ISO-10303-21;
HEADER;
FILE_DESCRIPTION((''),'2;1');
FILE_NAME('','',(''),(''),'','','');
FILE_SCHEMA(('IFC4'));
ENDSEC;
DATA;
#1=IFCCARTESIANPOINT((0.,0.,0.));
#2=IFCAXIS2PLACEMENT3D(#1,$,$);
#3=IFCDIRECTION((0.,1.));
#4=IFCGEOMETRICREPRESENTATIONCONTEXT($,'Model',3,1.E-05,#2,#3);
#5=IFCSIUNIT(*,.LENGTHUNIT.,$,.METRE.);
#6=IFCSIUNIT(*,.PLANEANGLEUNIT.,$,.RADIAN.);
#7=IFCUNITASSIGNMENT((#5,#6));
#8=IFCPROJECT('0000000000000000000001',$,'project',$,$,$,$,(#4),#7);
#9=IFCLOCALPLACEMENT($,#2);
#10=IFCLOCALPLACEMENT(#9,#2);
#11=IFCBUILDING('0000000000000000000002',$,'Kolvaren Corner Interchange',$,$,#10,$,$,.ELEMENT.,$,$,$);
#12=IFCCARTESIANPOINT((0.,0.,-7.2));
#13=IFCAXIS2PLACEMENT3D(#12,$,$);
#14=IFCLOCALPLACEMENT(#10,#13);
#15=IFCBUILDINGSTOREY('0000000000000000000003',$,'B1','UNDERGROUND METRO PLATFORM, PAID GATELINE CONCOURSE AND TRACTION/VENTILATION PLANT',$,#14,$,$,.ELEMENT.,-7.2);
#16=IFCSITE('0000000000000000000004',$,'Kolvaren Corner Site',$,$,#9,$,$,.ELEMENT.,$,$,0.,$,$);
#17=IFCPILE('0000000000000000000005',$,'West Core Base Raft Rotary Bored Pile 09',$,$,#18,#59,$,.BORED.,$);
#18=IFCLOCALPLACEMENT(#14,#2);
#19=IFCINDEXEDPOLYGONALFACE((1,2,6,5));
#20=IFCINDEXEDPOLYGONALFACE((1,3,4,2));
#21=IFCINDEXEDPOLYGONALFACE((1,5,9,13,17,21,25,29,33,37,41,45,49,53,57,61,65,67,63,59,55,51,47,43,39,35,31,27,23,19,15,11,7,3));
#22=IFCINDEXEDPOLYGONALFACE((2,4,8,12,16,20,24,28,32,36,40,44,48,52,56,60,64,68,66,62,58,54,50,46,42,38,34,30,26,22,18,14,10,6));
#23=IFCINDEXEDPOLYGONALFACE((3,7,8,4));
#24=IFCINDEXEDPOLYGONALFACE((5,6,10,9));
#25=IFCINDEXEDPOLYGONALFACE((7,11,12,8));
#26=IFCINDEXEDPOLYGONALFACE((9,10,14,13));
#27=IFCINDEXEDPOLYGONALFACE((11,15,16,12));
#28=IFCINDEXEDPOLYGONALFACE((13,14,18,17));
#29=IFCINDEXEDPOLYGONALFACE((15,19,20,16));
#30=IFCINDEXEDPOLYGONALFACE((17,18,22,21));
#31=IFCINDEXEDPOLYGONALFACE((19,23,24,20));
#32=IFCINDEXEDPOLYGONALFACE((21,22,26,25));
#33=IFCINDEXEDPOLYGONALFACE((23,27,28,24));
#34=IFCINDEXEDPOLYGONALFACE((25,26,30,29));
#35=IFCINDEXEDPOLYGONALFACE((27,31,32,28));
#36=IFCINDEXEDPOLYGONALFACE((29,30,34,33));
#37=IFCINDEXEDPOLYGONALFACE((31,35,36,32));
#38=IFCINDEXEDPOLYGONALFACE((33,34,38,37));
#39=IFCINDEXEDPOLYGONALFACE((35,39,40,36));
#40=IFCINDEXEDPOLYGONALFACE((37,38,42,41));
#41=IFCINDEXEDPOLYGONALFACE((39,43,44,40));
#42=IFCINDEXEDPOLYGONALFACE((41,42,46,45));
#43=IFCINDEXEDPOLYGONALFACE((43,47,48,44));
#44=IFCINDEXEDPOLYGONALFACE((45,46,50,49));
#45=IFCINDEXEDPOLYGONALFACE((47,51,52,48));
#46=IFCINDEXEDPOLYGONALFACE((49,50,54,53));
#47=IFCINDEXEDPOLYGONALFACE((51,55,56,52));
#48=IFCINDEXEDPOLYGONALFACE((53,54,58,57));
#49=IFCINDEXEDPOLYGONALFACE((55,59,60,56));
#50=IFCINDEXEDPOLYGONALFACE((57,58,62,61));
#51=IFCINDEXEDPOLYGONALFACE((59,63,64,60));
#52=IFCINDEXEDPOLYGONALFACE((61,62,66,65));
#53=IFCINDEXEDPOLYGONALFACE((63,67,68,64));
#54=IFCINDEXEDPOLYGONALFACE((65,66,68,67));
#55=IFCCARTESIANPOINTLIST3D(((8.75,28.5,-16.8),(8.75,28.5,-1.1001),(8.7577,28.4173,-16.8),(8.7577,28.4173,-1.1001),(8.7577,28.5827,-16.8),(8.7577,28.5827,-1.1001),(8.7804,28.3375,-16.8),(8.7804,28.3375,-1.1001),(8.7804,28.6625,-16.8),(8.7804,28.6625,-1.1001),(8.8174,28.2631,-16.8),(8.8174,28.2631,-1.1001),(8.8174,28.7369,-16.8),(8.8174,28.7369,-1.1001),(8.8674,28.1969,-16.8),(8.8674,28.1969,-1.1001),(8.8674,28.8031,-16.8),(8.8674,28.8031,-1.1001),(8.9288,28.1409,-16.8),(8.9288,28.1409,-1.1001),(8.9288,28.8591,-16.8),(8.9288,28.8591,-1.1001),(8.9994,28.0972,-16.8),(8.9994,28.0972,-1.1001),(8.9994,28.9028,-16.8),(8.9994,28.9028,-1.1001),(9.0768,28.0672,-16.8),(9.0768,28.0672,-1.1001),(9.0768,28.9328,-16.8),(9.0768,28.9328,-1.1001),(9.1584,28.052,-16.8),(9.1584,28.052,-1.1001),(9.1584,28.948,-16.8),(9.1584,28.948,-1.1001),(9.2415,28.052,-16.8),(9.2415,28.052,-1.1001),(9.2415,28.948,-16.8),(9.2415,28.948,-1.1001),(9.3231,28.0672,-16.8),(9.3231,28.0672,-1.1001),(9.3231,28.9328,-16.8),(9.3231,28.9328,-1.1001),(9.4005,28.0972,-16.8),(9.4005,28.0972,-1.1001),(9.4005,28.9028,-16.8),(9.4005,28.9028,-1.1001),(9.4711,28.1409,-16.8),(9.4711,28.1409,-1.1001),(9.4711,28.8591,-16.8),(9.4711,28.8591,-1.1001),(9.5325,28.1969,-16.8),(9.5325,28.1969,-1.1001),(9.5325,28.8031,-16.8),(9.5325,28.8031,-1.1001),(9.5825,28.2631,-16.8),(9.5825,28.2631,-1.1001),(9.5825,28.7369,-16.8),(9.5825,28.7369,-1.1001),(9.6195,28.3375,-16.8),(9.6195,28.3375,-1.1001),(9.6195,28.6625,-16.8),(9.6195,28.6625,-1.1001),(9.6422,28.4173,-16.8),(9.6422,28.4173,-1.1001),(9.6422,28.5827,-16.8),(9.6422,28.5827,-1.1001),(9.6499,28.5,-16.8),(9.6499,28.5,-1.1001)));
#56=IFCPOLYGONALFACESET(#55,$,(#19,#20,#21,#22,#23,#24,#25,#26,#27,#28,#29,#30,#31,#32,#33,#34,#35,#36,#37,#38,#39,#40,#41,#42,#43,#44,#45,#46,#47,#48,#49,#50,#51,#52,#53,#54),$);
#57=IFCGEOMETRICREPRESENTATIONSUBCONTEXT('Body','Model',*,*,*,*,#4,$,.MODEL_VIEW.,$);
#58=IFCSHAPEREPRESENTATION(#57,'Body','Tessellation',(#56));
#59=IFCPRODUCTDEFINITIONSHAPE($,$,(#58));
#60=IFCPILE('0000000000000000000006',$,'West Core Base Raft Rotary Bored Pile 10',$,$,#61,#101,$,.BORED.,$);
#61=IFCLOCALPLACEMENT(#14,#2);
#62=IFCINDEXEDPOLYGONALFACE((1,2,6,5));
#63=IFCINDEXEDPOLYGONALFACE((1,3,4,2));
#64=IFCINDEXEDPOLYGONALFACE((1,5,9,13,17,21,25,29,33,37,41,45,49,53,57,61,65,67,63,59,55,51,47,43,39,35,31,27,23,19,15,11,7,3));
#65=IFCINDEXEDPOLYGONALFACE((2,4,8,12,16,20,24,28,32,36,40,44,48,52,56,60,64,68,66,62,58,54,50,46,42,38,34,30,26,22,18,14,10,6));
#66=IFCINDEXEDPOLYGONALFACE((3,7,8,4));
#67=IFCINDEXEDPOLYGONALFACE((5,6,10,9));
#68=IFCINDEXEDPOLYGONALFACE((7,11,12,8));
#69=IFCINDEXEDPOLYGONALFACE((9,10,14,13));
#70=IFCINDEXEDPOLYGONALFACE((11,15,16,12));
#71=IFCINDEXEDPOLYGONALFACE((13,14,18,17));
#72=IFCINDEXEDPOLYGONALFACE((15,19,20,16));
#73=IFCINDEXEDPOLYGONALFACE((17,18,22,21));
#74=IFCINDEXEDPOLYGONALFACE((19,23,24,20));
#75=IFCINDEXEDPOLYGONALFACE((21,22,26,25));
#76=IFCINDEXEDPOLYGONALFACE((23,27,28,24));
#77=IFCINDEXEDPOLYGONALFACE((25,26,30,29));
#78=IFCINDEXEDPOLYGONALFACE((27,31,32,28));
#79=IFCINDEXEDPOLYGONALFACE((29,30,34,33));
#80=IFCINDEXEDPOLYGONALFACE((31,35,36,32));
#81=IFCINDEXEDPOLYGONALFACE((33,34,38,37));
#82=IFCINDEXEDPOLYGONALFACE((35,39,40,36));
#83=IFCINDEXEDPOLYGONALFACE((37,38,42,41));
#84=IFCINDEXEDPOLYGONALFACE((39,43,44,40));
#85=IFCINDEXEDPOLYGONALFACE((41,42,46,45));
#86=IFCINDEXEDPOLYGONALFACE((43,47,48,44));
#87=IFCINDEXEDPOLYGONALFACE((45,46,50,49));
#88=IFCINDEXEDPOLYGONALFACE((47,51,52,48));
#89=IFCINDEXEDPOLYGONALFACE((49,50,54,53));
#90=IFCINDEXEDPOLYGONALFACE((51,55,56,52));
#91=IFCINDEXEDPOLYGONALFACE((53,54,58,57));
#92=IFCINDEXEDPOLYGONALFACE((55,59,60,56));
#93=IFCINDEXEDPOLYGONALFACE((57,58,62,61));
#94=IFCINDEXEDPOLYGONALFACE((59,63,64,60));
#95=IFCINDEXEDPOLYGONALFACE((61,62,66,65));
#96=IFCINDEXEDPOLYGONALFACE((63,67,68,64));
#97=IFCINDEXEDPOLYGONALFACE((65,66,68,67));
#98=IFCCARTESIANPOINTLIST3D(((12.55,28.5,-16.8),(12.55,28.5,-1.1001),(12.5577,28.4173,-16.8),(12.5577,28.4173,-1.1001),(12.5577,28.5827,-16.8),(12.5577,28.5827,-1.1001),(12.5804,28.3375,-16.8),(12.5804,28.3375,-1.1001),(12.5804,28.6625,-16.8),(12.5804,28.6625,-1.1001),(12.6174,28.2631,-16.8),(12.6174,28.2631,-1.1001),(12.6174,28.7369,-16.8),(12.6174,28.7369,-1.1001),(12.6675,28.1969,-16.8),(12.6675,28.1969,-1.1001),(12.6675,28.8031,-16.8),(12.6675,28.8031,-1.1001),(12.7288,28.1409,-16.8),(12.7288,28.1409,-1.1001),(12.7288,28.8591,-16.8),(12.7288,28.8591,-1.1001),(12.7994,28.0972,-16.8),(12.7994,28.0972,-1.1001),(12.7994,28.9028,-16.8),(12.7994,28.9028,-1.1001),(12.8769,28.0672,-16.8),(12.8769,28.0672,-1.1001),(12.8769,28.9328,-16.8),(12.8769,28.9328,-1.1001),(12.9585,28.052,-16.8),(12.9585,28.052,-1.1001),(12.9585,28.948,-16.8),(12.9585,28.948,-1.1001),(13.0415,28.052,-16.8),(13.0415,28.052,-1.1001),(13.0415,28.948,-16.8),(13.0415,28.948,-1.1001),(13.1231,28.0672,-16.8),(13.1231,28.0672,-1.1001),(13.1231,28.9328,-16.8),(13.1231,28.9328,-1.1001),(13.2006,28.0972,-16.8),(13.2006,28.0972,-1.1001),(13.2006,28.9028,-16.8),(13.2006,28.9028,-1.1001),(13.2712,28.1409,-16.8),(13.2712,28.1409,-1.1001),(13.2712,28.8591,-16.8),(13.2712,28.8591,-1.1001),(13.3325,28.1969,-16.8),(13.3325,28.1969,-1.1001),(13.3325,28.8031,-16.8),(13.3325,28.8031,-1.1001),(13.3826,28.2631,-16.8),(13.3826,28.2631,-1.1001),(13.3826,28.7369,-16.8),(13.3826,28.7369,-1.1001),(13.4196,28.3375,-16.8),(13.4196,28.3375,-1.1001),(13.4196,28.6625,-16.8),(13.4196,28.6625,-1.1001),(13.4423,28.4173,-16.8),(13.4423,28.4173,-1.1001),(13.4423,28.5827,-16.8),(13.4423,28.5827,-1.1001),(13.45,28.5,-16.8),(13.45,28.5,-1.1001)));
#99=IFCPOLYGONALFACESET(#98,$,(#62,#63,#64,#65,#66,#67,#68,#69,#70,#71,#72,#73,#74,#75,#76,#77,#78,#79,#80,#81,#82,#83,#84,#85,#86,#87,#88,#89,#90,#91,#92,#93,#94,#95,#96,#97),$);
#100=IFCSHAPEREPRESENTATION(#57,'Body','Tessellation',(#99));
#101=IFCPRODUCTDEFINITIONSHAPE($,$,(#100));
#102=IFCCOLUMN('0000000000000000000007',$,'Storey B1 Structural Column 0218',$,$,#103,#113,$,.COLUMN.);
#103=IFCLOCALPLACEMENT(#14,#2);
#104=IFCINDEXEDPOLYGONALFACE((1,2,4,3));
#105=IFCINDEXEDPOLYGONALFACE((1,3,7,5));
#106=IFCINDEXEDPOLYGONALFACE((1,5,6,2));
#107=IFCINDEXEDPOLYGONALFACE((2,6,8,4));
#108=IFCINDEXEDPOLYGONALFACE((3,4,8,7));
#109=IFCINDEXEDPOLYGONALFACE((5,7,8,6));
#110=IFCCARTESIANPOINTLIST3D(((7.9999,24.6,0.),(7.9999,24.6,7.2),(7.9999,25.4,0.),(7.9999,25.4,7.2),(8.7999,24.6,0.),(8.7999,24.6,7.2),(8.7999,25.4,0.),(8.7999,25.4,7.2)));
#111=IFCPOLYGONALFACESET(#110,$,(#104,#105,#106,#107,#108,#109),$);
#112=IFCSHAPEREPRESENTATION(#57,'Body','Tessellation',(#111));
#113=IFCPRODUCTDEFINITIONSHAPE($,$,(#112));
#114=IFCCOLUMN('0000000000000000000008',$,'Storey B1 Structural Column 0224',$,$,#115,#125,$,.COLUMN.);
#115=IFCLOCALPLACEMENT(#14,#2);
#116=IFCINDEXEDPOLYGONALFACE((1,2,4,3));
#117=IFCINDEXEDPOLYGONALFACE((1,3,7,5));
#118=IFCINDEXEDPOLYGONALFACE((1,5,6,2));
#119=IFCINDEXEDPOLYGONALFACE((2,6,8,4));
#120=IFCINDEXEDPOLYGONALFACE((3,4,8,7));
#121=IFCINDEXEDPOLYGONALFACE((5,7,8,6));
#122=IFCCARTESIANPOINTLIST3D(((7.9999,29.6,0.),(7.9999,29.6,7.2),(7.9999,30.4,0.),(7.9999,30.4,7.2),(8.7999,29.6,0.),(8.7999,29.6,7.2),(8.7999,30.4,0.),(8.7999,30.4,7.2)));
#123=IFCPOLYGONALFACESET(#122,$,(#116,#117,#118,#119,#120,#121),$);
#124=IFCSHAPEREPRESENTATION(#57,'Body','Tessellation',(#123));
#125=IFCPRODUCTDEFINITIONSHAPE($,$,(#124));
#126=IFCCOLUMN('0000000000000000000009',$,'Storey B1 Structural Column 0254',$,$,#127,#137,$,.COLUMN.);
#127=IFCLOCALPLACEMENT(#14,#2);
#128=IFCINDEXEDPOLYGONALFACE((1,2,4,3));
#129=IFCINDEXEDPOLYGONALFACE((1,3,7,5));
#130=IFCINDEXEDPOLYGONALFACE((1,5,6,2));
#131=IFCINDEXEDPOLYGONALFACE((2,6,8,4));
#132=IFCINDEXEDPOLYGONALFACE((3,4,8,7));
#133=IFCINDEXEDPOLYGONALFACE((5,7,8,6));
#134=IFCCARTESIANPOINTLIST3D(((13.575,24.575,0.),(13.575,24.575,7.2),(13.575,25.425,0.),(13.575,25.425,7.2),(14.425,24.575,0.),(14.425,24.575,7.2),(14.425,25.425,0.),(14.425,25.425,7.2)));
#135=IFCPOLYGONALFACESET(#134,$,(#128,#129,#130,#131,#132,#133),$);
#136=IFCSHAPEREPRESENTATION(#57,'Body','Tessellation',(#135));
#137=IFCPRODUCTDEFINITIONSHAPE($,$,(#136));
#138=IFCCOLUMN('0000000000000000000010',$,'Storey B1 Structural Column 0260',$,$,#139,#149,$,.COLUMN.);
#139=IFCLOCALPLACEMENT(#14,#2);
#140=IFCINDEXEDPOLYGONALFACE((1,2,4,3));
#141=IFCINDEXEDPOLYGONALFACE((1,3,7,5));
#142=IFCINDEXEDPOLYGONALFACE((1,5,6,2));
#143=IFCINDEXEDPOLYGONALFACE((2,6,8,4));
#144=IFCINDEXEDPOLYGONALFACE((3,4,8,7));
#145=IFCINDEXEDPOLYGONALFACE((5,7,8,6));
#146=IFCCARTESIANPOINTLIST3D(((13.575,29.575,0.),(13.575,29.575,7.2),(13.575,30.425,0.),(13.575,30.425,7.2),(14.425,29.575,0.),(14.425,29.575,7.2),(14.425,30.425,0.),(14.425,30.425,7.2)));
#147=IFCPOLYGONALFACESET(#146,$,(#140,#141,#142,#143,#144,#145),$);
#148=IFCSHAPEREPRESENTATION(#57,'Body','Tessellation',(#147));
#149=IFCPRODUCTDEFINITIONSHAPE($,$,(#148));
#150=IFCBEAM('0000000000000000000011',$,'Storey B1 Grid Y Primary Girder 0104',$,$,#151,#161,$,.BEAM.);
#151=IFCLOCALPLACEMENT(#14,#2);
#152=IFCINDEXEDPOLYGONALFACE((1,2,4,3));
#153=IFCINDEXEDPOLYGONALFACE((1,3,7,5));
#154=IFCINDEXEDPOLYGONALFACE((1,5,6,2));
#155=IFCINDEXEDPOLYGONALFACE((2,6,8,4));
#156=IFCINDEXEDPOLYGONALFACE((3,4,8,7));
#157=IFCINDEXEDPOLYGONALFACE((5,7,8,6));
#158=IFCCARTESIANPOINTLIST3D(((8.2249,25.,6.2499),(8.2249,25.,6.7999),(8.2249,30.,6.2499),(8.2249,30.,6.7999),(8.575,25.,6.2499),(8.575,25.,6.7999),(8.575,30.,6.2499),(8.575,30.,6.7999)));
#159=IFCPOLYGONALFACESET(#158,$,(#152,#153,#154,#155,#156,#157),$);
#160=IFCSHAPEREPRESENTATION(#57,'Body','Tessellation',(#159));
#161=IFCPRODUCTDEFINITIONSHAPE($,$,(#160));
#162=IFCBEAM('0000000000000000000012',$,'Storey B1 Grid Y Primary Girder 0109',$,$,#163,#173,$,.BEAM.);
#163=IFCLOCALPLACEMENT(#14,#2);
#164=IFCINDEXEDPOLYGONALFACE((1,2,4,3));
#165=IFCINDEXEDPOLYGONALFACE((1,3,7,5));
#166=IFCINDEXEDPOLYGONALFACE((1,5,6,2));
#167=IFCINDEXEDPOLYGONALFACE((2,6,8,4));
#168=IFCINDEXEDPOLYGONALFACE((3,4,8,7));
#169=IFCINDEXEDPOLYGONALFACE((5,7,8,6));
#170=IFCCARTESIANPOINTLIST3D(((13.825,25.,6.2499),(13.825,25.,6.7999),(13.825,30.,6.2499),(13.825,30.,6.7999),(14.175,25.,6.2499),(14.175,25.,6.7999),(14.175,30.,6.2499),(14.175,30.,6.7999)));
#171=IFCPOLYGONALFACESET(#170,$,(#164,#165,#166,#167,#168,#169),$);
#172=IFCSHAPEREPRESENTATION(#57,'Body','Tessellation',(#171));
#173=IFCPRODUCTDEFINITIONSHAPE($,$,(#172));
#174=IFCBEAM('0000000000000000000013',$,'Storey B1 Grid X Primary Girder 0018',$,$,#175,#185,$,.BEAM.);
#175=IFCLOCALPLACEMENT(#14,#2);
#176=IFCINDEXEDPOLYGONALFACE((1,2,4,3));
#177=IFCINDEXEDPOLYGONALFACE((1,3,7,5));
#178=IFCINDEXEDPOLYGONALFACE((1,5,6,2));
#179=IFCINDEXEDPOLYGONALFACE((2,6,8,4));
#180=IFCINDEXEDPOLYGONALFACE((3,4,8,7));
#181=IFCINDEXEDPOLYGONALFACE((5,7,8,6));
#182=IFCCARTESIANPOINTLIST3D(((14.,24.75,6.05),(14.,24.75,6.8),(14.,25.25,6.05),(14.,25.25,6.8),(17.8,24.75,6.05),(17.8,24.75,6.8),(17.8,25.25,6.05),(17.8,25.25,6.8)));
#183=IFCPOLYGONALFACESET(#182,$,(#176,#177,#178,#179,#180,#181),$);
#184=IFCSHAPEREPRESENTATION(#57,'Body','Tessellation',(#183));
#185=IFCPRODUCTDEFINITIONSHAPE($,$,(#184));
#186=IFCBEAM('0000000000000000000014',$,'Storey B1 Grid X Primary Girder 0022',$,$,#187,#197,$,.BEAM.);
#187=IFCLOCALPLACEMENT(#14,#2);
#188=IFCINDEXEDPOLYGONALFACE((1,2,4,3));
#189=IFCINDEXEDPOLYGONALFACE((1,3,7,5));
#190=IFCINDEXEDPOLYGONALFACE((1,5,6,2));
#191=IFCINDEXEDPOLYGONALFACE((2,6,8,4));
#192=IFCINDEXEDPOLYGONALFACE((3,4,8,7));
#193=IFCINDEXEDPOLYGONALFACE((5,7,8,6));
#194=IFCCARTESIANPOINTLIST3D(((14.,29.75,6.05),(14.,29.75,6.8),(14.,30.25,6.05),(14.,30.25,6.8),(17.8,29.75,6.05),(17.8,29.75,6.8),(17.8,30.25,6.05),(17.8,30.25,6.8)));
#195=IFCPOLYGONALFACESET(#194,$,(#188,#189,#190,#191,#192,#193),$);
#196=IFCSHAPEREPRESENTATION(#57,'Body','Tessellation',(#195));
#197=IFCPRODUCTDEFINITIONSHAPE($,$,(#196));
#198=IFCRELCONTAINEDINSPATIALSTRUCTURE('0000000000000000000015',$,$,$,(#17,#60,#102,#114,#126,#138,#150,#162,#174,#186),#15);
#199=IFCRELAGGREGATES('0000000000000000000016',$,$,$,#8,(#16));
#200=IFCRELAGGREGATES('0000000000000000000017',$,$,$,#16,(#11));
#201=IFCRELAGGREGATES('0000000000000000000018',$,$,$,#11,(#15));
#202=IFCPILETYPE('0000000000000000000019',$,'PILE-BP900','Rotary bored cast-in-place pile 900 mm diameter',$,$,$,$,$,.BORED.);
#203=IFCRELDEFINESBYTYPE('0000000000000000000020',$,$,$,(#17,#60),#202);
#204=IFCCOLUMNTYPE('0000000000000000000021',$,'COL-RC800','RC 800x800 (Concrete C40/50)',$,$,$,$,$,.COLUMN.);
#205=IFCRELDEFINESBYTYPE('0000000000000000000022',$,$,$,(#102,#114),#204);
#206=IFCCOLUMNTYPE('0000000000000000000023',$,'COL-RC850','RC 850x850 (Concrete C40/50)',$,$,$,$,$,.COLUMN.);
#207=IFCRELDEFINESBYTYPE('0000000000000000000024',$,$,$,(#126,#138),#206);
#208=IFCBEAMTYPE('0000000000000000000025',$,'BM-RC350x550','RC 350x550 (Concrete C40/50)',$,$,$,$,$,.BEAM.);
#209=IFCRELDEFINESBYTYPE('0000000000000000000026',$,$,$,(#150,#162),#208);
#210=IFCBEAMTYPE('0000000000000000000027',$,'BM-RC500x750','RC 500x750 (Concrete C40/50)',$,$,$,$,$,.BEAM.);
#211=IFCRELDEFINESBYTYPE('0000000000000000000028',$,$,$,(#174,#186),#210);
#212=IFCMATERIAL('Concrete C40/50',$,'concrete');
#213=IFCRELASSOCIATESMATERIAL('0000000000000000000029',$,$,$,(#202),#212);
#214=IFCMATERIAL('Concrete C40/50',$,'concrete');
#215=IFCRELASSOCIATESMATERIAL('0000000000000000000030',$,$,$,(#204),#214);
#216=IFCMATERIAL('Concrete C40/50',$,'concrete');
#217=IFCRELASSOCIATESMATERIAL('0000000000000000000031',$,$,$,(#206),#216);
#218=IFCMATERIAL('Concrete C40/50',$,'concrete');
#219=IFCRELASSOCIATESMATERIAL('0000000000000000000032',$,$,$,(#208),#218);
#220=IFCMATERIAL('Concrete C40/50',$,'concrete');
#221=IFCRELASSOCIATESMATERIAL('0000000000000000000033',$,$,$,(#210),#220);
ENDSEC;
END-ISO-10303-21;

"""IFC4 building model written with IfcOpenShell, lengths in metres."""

from ifc_helpers import new_model, si_unit, direction, frame, origin, origin_2d, place, context, subcontext, project, spatial, rectangle, circle, extrude, material, material_profile, profile_set, type_object, element, save


model = new_model("IFC4")

# Units and contexts
model_context = context("Model", 3, precision=1e-05, world=origin(), true_north=direction((0.0, 1.0)))
body_context = subcontext(model_context, "Body", "Model", "MODEL_VIEW")
ifc_project = project(units=[si_unit("LENGTHUNIT", "METRE"), si_unit("PLANEANGLEUNIT", "RADIAN")], contexts=[model_context])

# Site, building, storey
site_placement = place(None, origin())
site = spatial("IfcSite", under=ifc_project, at=site_placement, Name="Kolvaren Corner Site", CompositionType="ELEMENT", RefElevation=0.0)
building_placement = place(site_placement, origin())
building = spatial("IfcBuilding", under=site, at=building_placement, Name="Kolvaren Corner Interchange", CompositionType="ELEMENT")
storey_placement = place(building_placement, frame((0.0, 0.0, -7.2)))
storey = spatial("IfcBuildingStorey", under=building, at=storey_placement, Name="B1", Description="UNDERGROUND METRO PLATFORM, PAID GATELINE CONCOURSE AND TRACTION/VENTILATION PLANT", CompositionType="ELEMENT", Elevation=-7.2)

# Piles
ifc_material_1 = material(Name="Concrete C40/50", Category="concrete")
ifc_material_profile_1 = material_profile(ifc_material_1, circle(Radius=0.45, at=origin_2d()), Name="BORED PILE 900")
ifc_profile_set_1 = profile_set([ifc_material_profile_1], Name="Concrete C40/50")
pile_type_1 = type_object("IfcPileType", Name="PILE-BP900", Description="Rotary bored cast-in-place pile 900 mm diameter", PredefinedType="BORED", material=ifc_profile_set_1)
for number, where, z_axis, x_axis, name in (
    (1, (9.2, 28.5, -1.1001), (0.0, 0.0, -1.0), (1.0, 0.0, 0.0), "West Core Base Raft Rotary Bored Pile 09"),
    (2, (13.0, 28.5, -1.1001), (0.0, 0.0, -1.0), (1.0, 0.0, 0.0), "West Core Base Raft Rotary Bored Pile 10"),
):
    element("IfcPile", number, at=place(storey_placement, frame(where, z_axis=z_axis, x_axis=x_axis)), inside=storey, type_object=pile_type_1, Name=name, PredefinedType="BORED", context=body_context, shape_type="SweptSolid", body=[
        extrude(circle(Radius=0.45, at=origin_2d()), origin(), (0.0, 0.0, 1.0), 15.7),
    ])

# Columns
ifc_material_2 = material(Name="Concrete C40/50", Category="concrete")
ifc_material_profile_2 = material_profile(ifc_material_2, rectangle(XDim=0.8, YDim=0.8, at=origin_2d()), Name="RC 800x800")
ifc_profile_set_2 = profile_set([ifc_material_profile_2], Name="Concrete C40/50")
column_type_1 = type_object("IfcColumnType", Name="COL-RC800", Description="RC 800x800 (Concrete C40/50)", PredefinedType="COLUMN", material=ifc_profile_set_2)
for number, where, z_axis, x_axis, name in (
    (3, (8.3999, 25.0, 0.0), (0.0, 0.0, 1.0), (1.0, 0.0, 0.0), "Storey B1 Structural Column 0218"),
    (4, (8.3999, 30.0, 0.0), (0.0, 0.0, 1.0), (1.0, 0.0, 0.0), "Storey B1 Structural Column 0224"),
):
    element("IfcColumn", number, at=place(storey_placement, frame(where, z_axis=z_axis, x_axis=x_axis)), inside=storey, type_object=column_type_1, Name=name, PredefinedType="COLUMN", context=body_context, shape_type="SweptSolid", body=[
        extrude(rectangle(XDim=0.8, YDim=0.8, at=origin_2d()), origin(), (0.0, 0.0, 1.0), 7.2),
    ])
ifc_material_3 = material(Name="Concrete C40/50", Category="concrete")
ifc_material_profile_3 = material_profile(ifc_material_3, rectangle(XDim=0.8501, YDim=0.8501, at=origin_2d()), Name="RC 850x850")
ifc_profile_set_3 = profile_set([ifc_material_profile_3], Name="Concrete C40/50")
column_type_2 = type_object("IfcColumnType", Name="COL-RC850", Description="RC 850x850 (Concrete C40/50)", PredefinedType="COLUMN", material=ifc_profile_set_3)
for number, where, z_axis, x_axis, name in (
    (5, (14.0, 25.0, 0.0), (0.0, 0.0, 1.0), (1.0, 0.0, 0.0), "Storey B1 Structural Column 0254"),
    (6, (14.0, 30.0, 0.0), (0.0, 0.0, 1.0), (1.0, 0.0, 0.0), "Storey B1 Structural Column 0260"),
):
    element("IfcColumn", number, at=place(storey_placement, frame(where, z_axis=z_axis, x_axis=x_axis)), inside=storey, type_object=column_type_2, Name=name, PredefinedType="COLUMN", context=body_context, shape_type="SweptSolid", body=[
        extrude(rectangle(XDim=0.8501, YDim=0.8501, at=origin_2d()), origin(), (0.0, 0.0, 1.0), 7.2),
    ])

# Beams
ifc_material_4 = material(Name="Concrete C40/50", Category="concrete")
ifc_material_profile_4 = material_profile(ifc_material_4, rectangle(XDim=0.3501, YDim=0.55, at=origin_2d()), Name="RC 350x550")
ifc_profile_set_4 = profile_set([ifc_material_profile_4], Name="Concrete C40/50")
beam_type_1 = type_object("IfcBeamType", Name="BM-RC350x550", Description="RC 350x550 (Concrete C40/50)", PredefinedType="BEAM", material=ifc_profile_set_4)
for number, where, z_axis, x_axis, name in (
    (7, (8.3999, 25.0, 6.5249), (0.0, 1.0, 0.0), (-1.0, 0.0, 0.0), "Storey B1 Grid Y Primary Girder 0104"),
    (8, (14.0, 25.0, 6.5249), (0.0, 1.0, 0.0), (-1.0, 0.0, 0.0), "Storey B1 Grid Y Primary Girder 0109"),
):
    element("IfcBeam", number, at=place(storey_placement, frame(where, z_axis=z_axis, x_axis=x_axis)), inside=storey, type_object=beam_type_1, Name=name, PredefinedType="BEAM", context=body_context, shape_type="SweptSolid", body=[
        extrude(rectangle(XDim=0.3501, YDim=0.55, at=origin_2d()), origin(), (0.0, 0.0, 1.0), 5.0),
    ])
ifc_material_5 = material(Name="Concrete C40/50", Category="concrete")
ifc_material_profile_5 = material_profile(ifc_material_5, rectangle(XDim=0.5, YDim=0.75, at=origin_2d()), Name="RC 500x750")
ifc_profile_set_5 = profile_set([ifc_material_profile_5], Name="Concrete C40/50")
beam_type_2 = type_object("IfcBeamType", Name="BM-RC500x750", Description="RC 500x750 (Concrete C40/50)", PredefinedType="BEAM", material=ifc_profile_set_5)
for number, where, z_axis, x_axis, name in (
    (9, (14.0, 25.0, 6.425), (1.0, 0.0, 0.0), (0.0, 1.0, 0.0), "Storey B1 Grid X Primary Girder 0018"),
    (10, (14.0, 30.0, 6.425), (1.0, 0.0, 0.0), (0.0, 1.0, 0.0), "Storey B1 Grid X Primary Girder 0022"),
):
    element("IfcBeam", number, at=place(storey_placement, frame(where, z_axis=z_axis, x_axis=x_axis)), inside=storey, type_object=beam_type_2, Name=name, PredefinedType="BEAM", context=body_context, shape_type="SweptSolid", body=[
        extrude(rectangle(XDim=0.5, YDim=0.75, at=origin_2d()), origin(), (0.0, 0.0, 1.0), 3.8),
    ])

save(model, "model.ifc")
